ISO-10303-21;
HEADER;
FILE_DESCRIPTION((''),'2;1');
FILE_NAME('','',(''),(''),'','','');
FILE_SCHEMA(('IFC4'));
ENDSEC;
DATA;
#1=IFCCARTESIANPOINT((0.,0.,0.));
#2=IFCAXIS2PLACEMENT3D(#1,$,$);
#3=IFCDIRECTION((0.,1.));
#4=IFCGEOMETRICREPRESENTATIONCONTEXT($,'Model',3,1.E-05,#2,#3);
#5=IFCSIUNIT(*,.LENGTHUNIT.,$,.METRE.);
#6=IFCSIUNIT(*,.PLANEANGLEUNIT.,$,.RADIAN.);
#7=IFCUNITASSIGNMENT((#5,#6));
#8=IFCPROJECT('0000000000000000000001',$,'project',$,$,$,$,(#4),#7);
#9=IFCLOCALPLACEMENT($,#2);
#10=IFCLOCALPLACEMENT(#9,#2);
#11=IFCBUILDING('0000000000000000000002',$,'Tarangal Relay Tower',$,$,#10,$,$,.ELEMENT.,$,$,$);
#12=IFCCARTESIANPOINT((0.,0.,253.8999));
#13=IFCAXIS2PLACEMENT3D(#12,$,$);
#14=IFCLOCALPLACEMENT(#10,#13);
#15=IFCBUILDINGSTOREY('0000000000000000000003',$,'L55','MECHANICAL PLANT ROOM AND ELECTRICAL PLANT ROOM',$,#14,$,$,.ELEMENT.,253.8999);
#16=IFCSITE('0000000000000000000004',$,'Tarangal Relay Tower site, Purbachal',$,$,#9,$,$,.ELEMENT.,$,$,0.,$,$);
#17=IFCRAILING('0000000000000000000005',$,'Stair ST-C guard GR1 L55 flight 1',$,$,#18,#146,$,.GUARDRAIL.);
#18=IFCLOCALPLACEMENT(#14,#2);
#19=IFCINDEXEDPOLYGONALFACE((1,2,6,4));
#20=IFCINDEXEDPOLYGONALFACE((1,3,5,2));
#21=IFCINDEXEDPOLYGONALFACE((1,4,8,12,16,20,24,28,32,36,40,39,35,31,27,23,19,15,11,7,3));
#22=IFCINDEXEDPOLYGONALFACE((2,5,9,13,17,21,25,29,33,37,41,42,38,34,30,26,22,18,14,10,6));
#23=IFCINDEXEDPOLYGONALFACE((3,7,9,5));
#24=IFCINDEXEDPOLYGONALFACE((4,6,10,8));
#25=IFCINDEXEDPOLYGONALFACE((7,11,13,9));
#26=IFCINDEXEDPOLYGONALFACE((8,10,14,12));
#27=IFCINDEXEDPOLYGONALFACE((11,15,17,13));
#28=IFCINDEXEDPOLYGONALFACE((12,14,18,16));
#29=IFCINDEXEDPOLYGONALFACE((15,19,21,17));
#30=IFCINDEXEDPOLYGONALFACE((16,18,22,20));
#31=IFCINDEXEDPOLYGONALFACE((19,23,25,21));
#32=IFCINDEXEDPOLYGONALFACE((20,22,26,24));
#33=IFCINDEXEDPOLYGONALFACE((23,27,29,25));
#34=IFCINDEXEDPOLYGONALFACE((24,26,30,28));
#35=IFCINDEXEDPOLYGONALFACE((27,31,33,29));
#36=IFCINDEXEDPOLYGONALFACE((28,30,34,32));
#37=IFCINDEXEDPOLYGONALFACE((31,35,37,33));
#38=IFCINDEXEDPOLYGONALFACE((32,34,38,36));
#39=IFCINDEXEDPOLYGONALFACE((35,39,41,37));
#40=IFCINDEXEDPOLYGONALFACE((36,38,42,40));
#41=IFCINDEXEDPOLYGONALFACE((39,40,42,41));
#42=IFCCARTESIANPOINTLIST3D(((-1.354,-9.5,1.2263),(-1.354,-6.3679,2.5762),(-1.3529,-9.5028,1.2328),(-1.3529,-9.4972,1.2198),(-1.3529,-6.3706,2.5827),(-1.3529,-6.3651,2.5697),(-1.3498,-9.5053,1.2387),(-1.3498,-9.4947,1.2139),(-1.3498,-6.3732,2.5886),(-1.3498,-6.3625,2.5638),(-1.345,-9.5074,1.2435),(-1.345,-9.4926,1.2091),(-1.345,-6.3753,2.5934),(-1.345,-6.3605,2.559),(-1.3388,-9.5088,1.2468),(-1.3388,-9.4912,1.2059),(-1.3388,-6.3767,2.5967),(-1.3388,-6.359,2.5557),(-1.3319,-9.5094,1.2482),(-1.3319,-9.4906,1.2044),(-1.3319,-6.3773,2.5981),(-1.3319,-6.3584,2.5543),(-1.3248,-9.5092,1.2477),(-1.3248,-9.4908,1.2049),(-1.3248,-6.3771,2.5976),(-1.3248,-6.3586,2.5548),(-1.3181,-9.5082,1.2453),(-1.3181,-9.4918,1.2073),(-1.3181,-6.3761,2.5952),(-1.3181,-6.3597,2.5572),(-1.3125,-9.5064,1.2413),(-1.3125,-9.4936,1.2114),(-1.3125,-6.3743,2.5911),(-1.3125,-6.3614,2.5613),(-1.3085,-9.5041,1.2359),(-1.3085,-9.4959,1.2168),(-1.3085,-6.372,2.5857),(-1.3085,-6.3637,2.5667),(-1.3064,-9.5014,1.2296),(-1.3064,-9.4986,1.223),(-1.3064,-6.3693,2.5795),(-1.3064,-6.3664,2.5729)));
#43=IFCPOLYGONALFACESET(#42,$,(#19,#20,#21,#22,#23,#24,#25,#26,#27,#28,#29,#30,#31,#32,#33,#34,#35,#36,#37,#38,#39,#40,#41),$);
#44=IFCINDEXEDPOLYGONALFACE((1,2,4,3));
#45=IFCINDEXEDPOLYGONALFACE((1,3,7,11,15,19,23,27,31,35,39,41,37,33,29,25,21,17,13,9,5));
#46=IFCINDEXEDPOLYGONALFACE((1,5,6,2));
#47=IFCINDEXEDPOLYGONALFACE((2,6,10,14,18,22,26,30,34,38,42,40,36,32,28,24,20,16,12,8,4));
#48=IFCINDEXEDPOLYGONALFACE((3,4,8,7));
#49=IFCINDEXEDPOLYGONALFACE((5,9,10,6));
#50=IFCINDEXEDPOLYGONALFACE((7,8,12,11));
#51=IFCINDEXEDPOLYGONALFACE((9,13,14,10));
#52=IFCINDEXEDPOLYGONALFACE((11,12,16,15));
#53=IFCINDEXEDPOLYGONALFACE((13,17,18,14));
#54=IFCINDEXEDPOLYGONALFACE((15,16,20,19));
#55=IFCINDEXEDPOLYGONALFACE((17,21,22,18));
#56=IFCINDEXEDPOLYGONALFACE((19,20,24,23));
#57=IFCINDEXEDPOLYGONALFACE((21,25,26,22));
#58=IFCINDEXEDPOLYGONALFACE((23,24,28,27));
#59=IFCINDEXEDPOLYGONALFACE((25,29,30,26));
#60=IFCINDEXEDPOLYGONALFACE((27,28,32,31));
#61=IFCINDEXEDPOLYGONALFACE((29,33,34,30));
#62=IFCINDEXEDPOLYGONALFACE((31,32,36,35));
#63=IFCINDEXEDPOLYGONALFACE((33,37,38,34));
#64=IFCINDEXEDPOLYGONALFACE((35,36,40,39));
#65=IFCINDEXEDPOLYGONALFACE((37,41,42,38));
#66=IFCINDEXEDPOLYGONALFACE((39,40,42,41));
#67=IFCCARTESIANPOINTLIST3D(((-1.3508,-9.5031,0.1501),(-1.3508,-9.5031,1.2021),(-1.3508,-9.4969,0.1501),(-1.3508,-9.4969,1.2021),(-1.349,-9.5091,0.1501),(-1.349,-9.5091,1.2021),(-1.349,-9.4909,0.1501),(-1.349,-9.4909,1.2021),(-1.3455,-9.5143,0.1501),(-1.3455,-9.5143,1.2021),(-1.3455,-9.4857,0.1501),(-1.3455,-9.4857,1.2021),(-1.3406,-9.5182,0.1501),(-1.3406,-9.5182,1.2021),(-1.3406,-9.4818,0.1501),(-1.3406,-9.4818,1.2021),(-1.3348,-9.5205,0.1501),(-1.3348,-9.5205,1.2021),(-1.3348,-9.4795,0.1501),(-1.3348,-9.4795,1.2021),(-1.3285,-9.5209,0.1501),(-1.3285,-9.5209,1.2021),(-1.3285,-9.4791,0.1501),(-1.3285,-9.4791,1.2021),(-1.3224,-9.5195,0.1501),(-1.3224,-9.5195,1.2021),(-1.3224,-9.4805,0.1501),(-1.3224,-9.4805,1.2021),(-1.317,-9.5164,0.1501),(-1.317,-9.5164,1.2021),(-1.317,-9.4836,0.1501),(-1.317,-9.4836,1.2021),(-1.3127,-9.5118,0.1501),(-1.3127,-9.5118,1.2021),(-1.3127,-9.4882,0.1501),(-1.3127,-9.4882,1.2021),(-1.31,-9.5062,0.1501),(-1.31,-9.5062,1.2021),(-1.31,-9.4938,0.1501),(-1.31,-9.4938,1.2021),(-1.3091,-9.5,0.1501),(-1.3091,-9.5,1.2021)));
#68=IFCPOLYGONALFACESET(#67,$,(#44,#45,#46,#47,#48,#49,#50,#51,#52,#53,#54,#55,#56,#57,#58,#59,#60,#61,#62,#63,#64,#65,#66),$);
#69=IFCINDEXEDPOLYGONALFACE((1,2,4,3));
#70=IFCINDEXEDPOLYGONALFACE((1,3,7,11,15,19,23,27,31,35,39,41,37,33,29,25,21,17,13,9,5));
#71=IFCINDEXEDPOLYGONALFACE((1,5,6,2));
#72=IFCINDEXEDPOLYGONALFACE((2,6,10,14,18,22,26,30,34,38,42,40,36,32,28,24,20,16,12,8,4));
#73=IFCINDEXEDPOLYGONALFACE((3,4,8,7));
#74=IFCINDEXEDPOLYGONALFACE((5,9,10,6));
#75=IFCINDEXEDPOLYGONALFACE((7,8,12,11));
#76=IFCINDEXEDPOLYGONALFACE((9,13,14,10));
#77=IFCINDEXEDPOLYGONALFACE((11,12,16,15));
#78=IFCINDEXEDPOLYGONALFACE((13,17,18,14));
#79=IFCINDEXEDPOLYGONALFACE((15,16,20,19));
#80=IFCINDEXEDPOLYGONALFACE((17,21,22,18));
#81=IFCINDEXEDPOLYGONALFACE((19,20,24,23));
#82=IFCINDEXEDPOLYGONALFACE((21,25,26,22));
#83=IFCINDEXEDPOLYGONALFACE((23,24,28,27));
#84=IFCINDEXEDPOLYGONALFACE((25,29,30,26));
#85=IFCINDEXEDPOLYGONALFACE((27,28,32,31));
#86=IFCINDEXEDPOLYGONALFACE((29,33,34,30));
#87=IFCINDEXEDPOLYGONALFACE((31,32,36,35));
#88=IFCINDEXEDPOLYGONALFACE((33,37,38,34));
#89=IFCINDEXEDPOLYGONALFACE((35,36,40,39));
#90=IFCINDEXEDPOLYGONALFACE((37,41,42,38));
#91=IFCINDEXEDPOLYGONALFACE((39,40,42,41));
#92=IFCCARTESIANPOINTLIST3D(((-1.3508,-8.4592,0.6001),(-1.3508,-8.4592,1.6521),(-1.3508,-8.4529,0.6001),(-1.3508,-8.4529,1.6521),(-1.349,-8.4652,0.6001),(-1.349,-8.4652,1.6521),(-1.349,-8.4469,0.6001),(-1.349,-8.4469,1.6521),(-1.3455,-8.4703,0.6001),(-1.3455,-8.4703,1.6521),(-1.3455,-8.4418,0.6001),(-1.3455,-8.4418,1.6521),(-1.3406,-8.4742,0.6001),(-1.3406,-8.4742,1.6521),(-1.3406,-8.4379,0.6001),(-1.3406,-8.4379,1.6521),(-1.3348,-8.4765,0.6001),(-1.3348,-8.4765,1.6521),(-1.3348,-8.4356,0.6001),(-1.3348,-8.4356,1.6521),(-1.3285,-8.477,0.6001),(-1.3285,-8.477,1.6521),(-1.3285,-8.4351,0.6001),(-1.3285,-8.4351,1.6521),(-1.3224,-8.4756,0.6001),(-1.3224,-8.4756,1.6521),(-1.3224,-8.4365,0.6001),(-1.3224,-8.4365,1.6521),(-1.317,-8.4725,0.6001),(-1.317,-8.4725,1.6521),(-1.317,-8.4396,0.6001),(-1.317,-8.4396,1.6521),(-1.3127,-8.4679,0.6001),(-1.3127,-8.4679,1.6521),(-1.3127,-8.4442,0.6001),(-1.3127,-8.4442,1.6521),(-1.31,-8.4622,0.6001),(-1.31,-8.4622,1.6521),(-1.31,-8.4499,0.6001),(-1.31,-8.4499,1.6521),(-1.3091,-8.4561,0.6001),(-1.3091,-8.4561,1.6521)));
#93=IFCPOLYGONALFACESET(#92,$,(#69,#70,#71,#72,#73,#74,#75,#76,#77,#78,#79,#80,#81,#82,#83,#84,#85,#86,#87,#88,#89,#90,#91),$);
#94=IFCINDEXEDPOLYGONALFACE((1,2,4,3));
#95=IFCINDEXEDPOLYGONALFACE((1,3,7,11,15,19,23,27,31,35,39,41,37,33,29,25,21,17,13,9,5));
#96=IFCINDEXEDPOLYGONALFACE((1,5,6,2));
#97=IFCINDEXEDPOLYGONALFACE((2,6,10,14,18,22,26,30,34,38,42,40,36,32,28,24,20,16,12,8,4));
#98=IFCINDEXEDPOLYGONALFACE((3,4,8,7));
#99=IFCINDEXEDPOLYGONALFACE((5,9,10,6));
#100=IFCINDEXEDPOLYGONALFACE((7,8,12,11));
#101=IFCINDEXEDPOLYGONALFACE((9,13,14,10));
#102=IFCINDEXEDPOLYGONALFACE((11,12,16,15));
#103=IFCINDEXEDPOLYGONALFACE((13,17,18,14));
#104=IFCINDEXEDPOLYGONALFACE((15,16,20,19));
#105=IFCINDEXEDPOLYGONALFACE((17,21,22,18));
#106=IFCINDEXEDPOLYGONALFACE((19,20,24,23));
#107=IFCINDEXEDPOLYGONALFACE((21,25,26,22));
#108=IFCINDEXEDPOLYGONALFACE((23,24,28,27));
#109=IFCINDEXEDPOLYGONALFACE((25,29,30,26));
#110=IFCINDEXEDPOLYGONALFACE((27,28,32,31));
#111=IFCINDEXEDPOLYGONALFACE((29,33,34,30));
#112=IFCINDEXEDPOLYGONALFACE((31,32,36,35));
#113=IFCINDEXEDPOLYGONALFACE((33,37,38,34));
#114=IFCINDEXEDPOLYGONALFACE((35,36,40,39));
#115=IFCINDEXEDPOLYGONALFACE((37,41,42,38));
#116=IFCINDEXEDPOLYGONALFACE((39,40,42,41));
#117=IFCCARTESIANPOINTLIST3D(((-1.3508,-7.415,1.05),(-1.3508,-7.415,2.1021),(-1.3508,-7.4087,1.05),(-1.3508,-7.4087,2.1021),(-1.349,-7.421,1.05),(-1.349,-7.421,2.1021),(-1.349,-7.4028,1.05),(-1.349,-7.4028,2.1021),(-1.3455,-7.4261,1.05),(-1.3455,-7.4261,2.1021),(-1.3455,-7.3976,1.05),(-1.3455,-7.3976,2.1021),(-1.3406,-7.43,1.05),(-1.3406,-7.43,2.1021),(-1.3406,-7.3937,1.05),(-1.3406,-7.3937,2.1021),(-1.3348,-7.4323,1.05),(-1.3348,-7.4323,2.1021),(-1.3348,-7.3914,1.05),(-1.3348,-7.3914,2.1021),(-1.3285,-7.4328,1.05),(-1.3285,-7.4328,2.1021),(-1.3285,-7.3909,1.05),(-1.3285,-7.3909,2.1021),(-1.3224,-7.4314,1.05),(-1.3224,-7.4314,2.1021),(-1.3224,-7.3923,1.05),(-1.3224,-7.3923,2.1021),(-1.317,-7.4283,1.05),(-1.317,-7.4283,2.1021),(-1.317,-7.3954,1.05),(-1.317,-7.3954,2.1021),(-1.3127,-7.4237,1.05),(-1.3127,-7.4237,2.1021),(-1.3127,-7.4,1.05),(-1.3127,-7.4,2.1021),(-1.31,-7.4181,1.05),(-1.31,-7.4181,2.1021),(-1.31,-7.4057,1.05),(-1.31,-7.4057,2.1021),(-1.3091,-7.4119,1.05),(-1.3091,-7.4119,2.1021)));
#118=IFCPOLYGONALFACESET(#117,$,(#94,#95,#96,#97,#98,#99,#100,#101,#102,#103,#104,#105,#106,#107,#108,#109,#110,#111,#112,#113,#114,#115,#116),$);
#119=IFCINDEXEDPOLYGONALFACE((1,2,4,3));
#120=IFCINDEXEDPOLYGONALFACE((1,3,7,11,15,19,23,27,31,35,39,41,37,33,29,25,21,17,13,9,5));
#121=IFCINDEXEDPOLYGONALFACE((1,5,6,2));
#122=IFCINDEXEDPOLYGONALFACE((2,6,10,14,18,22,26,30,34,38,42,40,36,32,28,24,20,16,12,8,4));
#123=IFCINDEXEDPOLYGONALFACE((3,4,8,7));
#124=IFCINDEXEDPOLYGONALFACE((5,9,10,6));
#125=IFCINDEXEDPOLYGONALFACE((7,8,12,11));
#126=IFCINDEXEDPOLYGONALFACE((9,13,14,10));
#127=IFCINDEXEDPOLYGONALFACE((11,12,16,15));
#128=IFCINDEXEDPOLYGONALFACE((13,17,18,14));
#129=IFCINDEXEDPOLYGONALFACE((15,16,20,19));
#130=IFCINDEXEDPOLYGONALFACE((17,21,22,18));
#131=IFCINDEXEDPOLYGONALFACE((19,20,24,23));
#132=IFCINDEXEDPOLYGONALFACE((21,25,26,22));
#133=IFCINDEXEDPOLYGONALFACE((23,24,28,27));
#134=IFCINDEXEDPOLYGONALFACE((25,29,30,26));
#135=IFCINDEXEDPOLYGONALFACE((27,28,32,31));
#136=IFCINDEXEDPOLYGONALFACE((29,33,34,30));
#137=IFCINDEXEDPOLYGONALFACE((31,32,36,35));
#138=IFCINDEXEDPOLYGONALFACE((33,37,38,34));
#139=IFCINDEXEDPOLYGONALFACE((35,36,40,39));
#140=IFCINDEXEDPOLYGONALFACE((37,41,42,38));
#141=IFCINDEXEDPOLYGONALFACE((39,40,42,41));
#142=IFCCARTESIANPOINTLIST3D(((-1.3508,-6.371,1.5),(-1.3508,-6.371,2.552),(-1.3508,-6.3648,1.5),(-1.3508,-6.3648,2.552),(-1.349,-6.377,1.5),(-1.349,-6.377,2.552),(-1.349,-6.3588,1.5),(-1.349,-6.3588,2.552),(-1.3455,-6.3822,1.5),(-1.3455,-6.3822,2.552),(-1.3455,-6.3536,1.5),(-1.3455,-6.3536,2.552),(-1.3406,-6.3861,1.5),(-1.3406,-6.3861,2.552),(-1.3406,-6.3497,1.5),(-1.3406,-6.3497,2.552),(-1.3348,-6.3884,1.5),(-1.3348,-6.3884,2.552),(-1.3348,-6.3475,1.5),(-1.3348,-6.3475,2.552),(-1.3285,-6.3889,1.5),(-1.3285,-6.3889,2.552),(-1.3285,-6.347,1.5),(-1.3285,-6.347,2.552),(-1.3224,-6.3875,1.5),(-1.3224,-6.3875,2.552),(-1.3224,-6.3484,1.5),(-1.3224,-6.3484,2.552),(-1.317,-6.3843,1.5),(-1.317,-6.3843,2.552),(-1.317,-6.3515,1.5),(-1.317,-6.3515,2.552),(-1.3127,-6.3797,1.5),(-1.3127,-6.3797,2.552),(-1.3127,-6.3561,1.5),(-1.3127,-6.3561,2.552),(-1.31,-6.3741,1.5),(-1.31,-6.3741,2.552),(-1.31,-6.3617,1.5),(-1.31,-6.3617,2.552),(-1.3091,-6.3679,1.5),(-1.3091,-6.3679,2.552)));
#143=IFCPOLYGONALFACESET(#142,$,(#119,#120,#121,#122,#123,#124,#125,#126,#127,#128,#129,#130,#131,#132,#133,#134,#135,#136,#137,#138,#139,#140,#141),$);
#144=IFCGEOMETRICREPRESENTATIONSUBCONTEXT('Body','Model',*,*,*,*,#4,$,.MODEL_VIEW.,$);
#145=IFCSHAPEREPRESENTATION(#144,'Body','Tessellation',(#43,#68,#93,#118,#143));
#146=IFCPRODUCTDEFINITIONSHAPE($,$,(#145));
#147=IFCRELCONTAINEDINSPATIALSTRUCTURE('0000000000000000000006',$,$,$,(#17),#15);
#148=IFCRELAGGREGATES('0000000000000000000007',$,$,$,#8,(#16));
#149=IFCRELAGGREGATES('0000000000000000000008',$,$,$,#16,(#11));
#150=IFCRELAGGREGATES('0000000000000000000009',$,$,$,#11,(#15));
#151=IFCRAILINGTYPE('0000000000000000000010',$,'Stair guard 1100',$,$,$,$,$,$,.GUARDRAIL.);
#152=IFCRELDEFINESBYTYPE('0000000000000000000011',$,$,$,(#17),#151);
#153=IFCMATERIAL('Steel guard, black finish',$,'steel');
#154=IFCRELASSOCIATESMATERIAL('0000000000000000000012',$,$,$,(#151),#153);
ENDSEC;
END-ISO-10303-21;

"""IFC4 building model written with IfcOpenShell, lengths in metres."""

from ifc_helpers import new_model, si_unit, direction, frame, origin, origin_2d, place, context, subcontext, project, spatial, circle, extrude, material, type_object, element, save


model = new_model("IFC4")

# Units and contexts
model_context = context("Model", 3, precision=1e-05, world=origin(), true_north=direction((0.0, 1.0)))
body_context = subcontext(model_context, "Body", "Model", "MODEL_VIEW")
ifc_project = project(units=[si_unit("LENGTHUNIT", "METRE"), si_unit("PLANEANGLEUNIT", "RADIAN")], contexts=[model_context])

# Site, building, storey
site_placement = place(None, origin())
site = spatial("IfcSite", under=ifc_project, at=site_placement, Name="Tarangal Relay Tower site, Purbachal", CompositionType="ELEMENT", RefElevation=0.0)
building_placement = place(site_placement, origin())
building = spatial("IfcBuilding", under=site, at=building_placement, Name="Tarangal Relay Tower", CompositionType="ELEMENT")
storey_placement = place(building_placement, frame((0.0, 0.0, 253.8999)))
storey = spatial("IfcBuildingStorey", under=building, at=storey_placement, Name="L55", Description="MECHANICAL PLANT ROOM AND ELECTRICAL PLANT ROOM", CompositionType="ELEMENT", Elevation=253.8999)

# Railing
ifc_material_1 = material(Name="Steel guard, black finish", Category="steel")
railing_type_1 = type_object("IfcRailingType", Name="Stair guard 1100", PredefinedType="GUARDRAIL", material=ifc_material_1)
for number, where, name in (
    (1, (-1.3301, -9.5, 0.1501), "Stair ST-C guard GR1 L55 flight 1"),
):
    element("IfcRailing", number, at=place(storey_placement, frame(where)), inside=storey, type_object=railing_type_1, Name=name, PredefinedType="GUARDRAIL", context=body_context, shape_type="SweptSolid", body=[
        extrude(circle(Radius=0.0239, at=origin_2d()), frame((0.0, 0.0, 1.0762), z_axis=(0.0, 0.918343, 0.395785), x_axis=(-1.0, 0.0, 0.0)), (0.0, 0.0, 1.0), 3.4106),
        extrude(circle(Radius=0.021, at=origin_2d()), origin(), (0.0, 0.0, 1.0), 1.052),
        extrude(circle(Radius=0.021, at=origin_2d()), frame((0.0, 1.0439, 0.45)), (0.0, 0.0, 1.0), 1.052),
        extrude(circle(Radius=0.021, at=origin_2d()), frame((0.0, 2.0881, 0.8999)), (0.0, 0.0, 1.0), 1.052),
        extrude(circle(Radius=0.021, at=origin_2d()), frame((0.0, 3.1321, 1.3499)), (0.0, 0.0, 1.0), 1.052),
    ])

save(model, "model.ifc")
